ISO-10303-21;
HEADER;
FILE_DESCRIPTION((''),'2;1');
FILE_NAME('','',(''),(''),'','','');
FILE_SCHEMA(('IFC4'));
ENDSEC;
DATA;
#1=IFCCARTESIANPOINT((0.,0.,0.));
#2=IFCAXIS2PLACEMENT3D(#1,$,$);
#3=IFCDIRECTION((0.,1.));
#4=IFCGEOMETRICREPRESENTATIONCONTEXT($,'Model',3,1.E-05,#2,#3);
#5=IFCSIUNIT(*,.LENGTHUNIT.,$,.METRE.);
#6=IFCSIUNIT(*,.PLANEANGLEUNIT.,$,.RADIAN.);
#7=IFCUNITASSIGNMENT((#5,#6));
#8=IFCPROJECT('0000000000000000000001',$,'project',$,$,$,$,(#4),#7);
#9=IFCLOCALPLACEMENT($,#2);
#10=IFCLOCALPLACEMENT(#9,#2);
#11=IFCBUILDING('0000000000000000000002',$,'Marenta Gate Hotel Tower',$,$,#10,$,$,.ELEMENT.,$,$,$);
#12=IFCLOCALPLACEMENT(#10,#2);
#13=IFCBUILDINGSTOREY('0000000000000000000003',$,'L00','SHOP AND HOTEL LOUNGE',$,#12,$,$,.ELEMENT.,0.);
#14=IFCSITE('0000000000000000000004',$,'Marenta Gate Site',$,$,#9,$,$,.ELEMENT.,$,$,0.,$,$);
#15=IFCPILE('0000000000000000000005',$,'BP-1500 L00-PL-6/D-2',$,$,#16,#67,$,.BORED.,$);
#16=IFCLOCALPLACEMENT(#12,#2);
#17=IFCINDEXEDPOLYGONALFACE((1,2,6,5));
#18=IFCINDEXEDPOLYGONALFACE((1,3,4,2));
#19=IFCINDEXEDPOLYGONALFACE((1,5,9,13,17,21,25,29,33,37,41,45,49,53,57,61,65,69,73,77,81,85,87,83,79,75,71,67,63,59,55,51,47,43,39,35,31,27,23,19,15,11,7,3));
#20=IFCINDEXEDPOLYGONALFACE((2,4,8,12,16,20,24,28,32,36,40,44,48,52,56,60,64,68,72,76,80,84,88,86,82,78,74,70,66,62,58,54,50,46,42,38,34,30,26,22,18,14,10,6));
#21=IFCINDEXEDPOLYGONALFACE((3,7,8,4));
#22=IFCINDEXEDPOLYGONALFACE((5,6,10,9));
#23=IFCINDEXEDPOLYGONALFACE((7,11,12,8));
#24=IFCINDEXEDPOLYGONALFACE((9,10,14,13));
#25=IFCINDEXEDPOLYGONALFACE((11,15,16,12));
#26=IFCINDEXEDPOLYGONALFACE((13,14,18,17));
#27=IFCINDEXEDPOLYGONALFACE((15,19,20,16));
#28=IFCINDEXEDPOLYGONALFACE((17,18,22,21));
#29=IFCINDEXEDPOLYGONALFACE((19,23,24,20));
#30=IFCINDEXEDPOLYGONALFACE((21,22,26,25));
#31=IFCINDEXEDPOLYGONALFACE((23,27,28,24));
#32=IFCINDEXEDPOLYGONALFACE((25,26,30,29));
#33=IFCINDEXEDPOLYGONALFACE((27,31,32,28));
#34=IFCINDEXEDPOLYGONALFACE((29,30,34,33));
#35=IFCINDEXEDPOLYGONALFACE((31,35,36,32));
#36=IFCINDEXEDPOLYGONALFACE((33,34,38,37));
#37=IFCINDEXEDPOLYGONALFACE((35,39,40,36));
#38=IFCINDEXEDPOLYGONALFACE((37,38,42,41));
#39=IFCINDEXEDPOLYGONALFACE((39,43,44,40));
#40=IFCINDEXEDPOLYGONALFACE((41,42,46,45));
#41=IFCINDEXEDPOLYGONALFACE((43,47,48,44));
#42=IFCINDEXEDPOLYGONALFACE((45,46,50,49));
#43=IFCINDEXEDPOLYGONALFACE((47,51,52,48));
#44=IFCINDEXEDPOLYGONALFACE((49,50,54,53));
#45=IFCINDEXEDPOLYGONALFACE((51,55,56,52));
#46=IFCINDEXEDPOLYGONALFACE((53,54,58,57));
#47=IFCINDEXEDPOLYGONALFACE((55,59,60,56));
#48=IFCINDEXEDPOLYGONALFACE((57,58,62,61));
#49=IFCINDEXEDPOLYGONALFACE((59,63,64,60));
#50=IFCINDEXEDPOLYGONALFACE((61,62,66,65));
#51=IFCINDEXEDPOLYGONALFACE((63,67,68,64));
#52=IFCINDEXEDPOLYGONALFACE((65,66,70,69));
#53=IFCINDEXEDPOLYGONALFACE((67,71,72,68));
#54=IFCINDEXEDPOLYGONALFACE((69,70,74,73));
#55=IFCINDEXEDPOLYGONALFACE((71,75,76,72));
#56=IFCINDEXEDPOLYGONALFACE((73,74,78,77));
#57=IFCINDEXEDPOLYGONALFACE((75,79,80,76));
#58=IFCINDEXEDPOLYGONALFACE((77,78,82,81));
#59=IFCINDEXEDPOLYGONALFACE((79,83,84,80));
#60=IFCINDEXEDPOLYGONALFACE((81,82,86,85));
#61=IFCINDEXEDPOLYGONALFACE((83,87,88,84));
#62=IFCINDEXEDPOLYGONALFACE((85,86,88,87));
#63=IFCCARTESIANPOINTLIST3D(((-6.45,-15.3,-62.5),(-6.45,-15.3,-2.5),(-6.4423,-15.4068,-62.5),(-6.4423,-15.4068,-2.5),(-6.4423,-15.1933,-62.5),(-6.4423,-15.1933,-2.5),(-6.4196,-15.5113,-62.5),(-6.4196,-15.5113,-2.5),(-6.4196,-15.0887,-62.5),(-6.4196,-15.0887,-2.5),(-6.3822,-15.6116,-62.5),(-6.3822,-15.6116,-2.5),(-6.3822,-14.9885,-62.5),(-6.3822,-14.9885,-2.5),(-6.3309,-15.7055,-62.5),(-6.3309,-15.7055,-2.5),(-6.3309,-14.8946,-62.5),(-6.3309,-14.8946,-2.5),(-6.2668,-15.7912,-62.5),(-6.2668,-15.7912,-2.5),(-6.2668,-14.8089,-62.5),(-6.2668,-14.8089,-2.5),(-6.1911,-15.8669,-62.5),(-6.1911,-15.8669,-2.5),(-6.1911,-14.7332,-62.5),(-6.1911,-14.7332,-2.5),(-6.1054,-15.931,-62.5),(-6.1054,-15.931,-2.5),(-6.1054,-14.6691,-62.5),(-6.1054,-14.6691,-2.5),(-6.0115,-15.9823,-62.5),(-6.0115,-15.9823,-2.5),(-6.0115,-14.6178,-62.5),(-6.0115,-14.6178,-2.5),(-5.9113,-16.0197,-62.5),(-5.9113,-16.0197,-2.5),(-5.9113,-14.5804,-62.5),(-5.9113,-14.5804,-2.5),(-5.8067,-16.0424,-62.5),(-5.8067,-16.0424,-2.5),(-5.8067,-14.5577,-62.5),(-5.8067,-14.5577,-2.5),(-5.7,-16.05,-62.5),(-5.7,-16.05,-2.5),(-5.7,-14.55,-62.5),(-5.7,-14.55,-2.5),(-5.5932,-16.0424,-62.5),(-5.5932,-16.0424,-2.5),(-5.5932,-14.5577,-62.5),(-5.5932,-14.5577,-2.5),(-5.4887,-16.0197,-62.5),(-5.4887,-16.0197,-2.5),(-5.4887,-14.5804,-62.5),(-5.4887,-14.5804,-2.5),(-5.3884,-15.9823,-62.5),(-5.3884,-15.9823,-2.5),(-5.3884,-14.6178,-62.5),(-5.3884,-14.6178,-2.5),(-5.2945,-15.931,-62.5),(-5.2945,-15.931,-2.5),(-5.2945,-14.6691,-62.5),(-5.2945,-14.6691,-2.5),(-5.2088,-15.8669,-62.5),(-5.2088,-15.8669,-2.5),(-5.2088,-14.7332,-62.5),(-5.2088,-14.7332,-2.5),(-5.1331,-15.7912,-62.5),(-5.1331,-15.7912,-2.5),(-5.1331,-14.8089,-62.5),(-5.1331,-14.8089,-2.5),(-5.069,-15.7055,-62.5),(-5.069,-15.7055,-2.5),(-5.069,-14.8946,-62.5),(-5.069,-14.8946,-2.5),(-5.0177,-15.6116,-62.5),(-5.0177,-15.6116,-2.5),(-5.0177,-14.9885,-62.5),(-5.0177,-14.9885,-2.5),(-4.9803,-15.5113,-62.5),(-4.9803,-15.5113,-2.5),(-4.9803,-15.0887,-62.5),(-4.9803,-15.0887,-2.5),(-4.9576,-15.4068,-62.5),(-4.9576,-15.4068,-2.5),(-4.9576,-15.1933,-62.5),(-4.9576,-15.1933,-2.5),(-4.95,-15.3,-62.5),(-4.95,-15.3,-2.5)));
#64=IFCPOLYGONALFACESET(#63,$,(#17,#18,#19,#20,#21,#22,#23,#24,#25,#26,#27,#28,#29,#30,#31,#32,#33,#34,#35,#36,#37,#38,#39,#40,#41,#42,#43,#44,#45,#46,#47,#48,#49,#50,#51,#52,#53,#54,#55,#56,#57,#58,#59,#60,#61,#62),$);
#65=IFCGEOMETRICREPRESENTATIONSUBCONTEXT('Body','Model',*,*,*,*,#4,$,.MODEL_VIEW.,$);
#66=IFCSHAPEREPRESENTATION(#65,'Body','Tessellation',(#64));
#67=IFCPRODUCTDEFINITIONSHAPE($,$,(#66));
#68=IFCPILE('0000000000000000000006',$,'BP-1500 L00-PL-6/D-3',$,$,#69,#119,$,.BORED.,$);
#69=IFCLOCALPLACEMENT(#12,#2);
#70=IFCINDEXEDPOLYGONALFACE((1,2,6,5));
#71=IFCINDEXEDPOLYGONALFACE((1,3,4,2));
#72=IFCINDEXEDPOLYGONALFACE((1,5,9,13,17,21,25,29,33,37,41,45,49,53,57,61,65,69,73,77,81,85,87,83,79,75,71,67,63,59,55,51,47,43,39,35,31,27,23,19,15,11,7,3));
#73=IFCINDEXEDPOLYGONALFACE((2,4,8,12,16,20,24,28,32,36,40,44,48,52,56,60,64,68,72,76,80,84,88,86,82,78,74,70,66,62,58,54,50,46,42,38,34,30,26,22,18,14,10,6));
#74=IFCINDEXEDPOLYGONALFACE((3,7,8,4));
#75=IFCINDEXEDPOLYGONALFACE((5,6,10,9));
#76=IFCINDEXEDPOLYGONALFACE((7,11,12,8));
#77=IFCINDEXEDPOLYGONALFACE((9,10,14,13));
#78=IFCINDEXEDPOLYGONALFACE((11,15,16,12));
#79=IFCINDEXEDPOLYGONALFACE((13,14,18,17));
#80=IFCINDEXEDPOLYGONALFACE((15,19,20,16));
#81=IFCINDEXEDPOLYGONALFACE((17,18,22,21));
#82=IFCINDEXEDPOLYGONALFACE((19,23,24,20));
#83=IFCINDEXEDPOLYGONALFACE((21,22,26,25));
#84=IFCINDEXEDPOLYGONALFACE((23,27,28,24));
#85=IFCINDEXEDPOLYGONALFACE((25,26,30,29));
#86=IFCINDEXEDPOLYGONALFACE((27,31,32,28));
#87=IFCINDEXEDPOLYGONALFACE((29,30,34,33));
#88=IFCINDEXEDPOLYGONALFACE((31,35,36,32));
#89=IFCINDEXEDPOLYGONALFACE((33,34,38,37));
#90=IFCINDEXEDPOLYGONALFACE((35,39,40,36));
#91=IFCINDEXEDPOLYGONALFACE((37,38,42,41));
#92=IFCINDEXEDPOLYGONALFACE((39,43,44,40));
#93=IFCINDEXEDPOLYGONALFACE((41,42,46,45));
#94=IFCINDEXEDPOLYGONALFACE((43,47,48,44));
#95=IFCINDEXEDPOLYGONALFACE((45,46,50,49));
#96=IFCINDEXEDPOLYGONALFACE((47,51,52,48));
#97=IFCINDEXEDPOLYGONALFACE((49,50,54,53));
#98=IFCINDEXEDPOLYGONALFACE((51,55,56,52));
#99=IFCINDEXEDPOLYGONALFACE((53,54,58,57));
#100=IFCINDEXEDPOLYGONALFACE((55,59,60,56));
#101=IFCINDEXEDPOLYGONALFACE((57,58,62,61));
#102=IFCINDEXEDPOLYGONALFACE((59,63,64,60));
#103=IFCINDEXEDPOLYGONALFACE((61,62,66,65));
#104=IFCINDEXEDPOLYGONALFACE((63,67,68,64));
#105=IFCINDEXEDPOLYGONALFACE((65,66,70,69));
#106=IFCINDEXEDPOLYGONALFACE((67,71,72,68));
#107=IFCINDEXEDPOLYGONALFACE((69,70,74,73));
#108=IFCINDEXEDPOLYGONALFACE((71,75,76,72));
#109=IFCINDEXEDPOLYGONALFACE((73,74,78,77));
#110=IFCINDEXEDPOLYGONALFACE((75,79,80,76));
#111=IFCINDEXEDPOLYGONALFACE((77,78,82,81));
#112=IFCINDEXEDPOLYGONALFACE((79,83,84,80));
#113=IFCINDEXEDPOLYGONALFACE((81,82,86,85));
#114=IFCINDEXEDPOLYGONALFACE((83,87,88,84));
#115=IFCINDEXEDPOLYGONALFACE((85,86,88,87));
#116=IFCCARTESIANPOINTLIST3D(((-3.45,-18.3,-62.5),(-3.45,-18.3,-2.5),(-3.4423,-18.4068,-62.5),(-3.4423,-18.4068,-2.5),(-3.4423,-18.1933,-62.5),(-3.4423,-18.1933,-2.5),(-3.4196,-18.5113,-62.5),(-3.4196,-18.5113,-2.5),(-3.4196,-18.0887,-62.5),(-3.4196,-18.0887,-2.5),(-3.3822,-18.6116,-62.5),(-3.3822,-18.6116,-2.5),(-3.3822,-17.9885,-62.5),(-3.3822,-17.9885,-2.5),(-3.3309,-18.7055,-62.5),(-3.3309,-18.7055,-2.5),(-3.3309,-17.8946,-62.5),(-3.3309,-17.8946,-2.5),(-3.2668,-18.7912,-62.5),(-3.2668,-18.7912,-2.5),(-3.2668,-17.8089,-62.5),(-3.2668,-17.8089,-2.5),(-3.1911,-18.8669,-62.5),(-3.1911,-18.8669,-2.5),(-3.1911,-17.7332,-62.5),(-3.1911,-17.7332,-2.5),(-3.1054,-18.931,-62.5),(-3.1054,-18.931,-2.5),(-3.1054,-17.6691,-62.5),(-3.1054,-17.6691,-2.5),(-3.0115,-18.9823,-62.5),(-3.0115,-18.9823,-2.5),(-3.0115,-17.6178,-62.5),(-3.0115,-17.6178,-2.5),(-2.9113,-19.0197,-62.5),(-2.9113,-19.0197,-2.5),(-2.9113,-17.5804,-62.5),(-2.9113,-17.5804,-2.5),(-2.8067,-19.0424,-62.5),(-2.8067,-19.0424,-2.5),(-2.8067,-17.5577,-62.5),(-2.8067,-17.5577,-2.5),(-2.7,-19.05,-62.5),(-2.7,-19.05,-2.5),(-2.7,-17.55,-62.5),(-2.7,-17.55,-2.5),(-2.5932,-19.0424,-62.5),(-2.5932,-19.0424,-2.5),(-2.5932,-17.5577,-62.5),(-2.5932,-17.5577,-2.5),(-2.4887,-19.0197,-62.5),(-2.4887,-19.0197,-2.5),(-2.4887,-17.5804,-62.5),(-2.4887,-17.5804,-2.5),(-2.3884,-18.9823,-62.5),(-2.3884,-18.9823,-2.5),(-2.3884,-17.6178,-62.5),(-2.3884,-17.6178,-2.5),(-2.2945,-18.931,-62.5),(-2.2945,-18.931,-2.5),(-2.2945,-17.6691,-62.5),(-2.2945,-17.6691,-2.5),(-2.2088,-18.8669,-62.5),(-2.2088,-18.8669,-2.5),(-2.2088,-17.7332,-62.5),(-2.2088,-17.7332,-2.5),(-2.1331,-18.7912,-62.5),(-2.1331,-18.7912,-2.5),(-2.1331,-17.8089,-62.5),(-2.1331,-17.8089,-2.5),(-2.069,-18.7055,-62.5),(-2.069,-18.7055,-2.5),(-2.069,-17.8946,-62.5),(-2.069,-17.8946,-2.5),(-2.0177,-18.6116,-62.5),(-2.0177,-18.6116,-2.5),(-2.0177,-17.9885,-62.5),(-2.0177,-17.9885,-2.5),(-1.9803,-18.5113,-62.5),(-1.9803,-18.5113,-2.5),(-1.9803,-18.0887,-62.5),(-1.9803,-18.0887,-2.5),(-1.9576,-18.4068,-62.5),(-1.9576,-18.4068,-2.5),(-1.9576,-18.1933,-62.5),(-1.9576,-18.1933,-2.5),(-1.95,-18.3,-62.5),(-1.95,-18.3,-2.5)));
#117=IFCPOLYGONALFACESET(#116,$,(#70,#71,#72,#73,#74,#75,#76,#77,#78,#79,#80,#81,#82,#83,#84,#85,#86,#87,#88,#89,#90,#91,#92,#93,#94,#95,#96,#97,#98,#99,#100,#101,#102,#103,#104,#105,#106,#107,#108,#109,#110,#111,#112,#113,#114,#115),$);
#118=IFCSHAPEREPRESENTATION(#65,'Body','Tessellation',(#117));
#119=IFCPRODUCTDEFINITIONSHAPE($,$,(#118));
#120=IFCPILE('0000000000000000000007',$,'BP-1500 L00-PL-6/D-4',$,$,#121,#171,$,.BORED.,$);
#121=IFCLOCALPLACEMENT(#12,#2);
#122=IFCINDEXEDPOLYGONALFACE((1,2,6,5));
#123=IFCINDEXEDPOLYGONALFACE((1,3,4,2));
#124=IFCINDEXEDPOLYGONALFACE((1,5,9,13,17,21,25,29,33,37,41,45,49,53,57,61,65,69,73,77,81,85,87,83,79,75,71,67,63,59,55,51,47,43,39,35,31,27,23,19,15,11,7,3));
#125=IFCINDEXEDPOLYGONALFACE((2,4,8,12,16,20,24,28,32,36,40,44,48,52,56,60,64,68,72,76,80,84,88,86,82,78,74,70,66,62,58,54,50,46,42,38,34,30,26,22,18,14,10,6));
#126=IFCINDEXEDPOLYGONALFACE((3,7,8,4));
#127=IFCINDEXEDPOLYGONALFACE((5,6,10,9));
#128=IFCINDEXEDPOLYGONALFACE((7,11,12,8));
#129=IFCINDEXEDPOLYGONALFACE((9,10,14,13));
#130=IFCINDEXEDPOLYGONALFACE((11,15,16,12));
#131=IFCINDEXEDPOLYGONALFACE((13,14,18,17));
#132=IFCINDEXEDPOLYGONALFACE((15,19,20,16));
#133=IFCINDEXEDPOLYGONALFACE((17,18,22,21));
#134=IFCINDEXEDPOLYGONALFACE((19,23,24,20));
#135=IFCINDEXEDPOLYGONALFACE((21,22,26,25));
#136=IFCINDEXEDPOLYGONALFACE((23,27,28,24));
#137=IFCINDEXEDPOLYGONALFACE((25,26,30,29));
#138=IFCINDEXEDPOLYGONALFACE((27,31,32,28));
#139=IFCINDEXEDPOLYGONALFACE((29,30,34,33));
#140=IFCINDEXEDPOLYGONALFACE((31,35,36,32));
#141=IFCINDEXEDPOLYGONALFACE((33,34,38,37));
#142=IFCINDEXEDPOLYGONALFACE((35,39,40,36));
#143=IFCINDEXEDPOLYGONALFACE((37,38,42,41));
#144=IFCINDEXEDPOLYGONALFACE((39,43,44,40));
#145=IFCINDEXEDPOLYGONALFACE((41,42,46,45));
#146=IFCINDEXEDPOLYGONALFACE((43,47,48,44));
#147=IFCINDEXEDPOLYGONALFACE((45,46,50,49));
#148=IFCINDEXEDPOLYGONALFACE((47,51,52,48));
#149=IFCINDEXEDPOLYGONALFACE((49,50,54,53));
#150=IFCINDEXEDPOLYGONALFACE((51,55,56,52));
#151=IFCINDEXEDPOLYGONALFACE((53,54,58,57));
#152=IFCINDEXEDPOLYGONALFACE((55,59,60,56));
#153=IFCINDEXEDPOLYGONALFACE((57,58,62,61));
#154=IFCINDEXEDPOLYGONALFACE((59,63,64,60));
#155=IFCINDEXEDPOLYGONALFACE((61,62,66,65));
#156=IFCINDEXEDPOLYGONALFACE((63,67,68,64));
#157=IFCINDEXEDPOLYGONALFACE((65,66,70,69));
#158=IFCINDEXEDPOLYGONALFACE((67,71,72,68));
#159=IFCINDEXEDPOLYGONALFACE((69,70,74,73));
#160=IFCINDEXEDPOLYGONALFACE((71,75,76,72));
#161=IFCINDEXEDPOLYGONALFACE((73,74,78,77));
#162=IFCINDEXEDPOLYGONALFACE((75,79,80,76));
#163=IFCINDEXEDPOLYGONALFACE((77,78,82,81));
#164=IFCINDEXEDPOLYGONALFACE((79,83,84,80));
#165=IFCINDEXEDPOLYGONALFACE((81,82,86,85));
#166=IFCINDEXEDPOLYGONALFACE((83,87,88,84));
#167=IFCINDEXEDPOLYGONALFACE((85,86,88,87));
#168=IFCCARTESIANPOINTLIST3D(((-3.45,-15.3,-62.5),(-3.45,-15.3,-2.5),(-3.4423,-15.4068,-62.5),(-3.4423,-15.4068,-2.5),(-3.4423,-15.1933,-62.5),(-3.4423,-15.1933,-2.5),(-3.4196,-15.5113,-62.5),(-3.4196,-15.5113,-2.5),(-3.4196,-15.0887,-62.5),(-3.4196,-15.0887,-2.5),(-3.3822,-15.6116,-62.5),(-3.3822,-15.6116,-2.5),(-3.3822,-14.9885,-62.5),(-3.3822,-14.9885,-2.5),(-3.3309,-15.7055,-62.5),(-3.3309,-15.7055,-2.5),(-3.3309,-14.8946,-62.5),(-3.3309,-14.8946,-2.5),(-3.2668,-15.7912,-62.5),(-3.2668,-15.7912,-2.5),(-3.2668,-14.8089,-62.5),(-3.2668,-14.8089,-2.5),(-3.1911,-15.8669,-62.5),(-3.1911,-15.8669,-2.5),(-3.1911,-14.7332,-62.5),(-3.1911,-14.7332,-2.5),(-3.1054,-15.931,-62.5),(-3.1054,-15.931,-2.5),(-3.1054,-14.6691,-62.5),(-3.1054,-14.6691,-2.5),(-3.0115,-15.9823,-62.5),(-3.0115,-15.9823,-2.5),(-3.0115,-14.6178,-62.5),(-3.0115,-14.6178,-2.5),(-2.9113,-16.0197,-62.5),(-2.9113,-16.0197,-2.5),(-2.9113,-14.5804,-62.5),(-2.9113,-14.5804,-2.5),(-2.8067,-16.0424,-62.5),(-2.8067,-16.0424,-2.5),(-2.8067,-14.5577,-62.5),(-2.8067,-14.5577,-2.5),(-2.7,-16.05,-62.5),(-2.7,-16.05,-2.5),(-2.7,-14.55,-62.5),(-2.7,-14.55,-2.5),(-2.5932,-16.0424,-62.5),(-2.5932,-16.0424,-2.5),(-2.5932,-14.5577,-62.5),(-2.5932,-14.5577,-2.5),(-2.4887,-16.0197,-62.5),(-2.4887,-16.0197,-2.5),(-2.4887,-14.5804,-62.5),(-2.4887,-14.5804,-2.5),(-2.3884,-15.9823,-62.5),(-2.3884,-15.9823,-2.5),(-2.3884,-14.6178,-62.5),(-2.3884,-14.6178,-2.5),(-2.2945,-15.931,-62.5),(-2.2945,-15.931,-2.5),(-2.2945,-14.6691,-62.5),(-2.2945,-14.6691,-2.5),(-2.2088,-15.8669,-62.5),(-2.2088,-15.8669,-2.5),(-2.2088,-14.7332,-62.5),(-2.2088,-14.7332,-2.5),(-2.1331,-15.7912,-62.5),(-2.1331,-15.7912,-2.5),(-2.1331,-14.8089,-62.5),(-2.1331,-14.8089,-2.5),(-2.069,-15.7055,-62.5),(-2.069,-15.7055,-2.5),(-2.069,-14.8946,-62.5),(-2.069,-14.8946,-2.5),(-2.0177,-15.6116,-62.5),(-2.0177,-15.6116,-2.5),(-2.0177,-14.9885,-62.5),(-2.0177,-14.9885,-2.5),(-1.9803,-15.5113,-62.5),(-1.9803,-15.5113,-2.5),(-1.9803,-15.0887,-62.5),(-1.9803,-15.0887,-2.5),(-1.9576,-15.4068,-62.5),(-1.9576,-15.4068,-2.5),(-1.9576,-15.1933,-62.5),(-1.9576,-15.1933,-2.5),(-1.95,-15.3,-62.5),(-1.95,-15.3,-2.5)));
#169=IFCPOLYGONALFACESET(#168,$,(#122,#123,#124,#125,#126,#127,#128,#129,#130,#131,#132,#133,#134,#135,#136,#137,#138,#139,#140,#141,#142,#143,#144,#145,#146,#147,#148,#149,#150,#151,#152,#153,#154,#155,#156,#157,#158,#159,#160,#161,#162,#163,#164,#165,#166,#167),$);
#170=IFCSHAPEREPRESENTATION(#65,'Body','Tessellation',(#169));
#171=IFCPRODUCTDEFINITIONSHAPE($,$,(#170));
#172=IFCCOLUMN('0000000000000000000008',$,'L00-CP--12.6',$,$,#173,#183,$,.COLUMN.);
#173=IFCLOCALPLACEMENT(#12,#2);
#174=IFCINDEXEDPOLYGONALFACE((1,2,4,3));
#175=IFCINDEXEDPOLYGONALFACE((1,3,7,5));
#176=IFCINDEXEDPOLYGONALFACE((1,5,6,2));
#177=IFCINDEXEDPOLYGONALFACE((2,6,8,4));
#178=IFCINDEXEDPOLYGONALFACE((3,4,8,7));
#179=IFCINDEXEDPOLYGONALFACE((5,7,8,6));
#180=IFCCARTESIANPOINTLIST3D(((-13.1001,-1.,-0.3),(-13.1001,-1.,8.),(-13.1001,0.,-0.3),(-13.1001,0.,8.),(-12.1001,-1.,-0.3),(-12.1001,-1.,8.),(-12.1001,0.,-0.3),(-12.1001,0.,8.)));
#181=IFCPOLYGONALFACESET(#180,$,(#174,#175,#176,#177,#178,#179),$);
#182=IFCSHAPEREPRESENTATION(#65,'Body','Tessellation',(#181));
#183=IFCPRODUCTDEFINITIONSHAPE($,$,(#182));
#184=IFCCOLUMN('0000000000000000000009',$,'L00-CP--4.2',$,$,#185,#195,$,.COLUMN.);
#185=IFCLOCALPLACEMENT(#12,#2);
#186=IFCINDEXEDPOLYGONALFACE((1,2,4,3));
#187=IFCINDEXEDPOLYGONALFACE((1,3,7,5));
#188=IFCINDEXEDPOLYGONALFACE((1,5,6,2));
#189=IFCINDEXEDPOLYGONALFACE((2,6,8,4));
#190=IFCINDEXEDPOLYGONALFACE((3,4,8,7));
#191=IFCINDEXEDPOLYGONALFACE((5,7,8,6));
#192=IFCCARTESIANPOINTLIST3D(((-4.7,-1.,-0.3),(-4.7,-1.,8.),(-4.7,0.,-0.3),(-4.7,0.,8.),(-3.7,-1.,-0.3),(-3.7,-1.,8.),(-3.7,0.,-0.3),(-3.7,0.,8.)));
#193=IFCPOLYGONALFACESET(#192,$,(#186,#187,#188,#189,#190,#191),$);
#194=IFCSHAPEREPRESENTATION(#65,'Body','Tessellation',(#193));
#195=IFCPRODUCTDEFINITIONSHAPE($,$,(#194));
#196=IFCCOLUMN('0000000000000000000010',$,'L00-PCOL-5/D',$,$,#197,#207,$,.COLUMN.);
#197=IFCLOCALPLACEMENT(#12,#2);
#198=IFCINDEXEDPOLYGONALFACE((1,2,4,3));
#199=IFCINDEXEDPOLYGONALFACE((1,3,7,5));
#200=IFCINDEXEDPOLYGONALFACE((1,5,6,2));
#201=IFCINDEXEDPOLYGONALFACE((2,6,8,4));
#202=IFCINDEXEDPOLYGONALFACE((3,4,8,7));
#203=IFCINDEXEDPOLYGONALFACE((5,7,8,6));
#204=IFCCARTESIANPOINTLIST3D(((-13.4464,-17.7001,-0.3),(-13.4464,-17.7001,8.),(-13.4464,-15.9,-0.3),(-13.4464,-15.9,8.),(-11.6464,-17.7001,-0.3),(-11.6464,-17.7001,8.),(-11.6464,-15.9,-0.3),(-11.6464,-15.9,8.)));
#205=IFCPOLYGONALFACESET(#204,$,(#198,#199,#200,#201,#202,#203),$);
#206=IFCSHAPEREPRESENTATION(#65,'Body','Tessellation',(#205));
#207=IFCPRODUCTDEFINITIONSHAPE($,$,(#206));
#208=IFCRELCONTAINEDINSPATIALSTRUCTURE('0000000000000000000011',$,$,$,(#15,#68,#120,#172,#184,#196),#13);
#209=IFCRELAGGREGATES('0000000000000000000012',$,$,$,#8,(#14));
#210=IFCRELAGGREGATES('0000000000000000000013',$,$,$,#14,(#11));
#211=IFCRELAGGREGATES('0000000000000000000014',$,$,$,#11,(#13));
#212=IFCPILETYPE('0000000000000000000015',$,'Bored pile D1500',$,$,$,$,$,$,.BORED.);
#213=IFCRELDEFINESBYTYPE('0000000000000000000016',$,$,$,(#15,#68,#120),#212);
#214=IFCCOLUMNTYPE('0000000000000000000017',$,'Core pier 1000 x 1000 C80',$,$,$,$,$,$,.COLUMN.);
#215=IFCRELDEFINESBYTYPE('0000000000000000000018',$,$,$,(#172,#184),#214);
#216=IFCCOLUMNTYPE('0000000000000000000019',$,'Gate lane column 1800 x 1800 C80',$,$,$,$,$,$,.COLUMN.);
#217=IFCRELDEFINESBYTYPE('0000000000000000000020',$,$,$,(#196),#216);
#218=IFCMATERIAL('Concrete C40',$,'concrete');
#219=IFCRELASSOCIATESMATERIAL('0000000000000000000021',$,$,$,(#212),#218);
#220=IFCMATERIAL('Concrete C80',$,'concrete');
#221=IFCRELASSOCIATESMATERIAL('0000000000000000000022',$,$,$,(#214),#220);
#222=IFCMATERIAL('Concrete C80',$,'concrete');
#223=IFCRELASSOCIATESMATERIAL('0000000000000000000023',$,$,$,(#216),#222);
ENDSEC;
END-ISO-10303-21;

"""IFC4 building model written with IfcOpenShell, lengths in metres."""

from ifc_helpers import new_model, si_unit, direction, frame, origin, origin_2d, place, context, subcontext, project, spatial, rectangle, circle, extrude, material, material_profile, profile_set, type_object, element, save


model = new_model("IFC4")

# Units and contexts
model_context = context("Model", 3, precision=1e-05, world=origin(), true_north=direction((0.0, 1.0)))
body_context = subcontext(model_context, "Body", "Model", "MODEL_VIEW")
ifc_project = project(units=[si_unit("LENGTHUNIT", "METRE"), si_unit("PLANEANGLEUNIT", "RADIAN")], contexts=[model_context])

# Site, building, storey
site_placement = place(None, origin())
site = spatial("IfcSite", under=ifc_project, at=site_placement, Name="Marenta Gate Site", CompositionType="ELEMENT", RefElevation=0.0)
building_placement = place(site_placement, origin())
building = spatial("IfcBuilding", under=site, at=building_placement, Name="Marenta Gate Hotel Tower", CompositionType="ELEMENT")
storey_placement = place(building_placement, origin())
storey = spatial("IfcBuildingStorey", under=building, at=storey_placement, Name="L00", Description="SHOP AND HOTEL LOUNGE", CompositionType="ELEMENT", Elevation=0.0)

# Piles
ifc_material_1 = material(Name="Concrete C40", Category="concrete")
pile_type = type_object("IfcPileType", Name="Bored pile D1500", PredefinedType="BORED", material=ifc_material_1)
for number, where, z_axis, x_axis, name in (
    (1, (-5.7, -15.3, -2.5), (0.0, 0.0, -1.0), (1.0, 0.0, 0.0), "BP-1500 L00-PL-6/D-2"),
    (2, (-2.7, -18.3, -2.5), (0.0, 0.0, -1.0), (1.0, 0.0, 0.0), "BP-1500 L00-PL-6/D-3"),
    (3, (-2.7, -15.3, -2.5), (0.0, 0.0, -1.0), (1.0, 0.0, 0.0), "BP-1500 L00-PL-6/D-4"),
):
    element("IfcPile", number, at=place(storey_placement, frame(where, z_axis=z_axis, x_axis=x_axis)), inside=storey, type_object=pile_type, Name=name, PredefinedType="BORED", context=body_context, shape_type="SweptSolid", body=[
        extrude(circle(Radius=0.75, at=origin_2d()), origin(), (0.0, 0.0, 1.0), 60.0),
    ])

# Columns
ifc_material_2 = material(Name="Concrete C80", Category="concrete")
ifc_material_profile_1 = material_profile(ifc_material_2, rectangle(XDim=1.0, YDim=1.0, at=origin_2d()), Name="1000 x 1000")
ifc_profile_set_1 = profile_set([ifc_material_profile_1], Name="Concrete C80")
column_type_1 = type_object("IfcColumnType", Name="Core pier 1000 x 1000 C80", PredefinedType="COLUMN", material=ifc_profile_set_1)
for number, where, z_axis, x_axis, name in (
    (4, (-12.6001, -0.5, -0.3), (0.0, 0.0, 1.0), (1.0, 0.0, 0.0), "L00-CP--12.6"),
    (5, (-4.2, -0.5, -0.3), (0.0, 0.0, 1.0), (1.0, 0.0, 0.0), "L00-CP--4.2"),
):
    element("IfcColumn", number, at=place(storey_placement, frame(where, z_axis=z_axis, x_axis=x_axis)), inside=storey, type_object=column_type_1, Name=name, PredefinedType="COLUMN", context=body_context, shape_type="SweptSolid", body=[
        extrude(rectangle(XDim=1.0, YDim=1.0, at=origin_2d()), origin(), (0.0, 0.0, 1.0), 8.3),
    ])
ifc_material_3 = material(Name="Concrete C80", Category="concrete")
ifc_material_profile_2 = material_profile(ifc_material_3, rectangle(XDim=1.8, YDim=1.8, at=origin_2d()), Name="1800 x 1800")
ifc_profile_set_2 = profile_set([ifc_material_profile_2], Name="Concrete C80")
column_type_2 = type_object("IfcColumnType", Name="Gate lane column 1800 x 1800 C80", PredefinedType="COLUMN", material=ifc_profile_set_2)
for number, where, z_axis, x_axis, name in (
    (6, (-12.5464, -16.8, -0.3), (0.0, 0.0, 1.0), (1.0, 0.0, 0.0), "L00-PCOL-5/D"),
):
    element("IfcColumn", number, at=place(storey_placement, frame(where, z_axis=z_axis, x_axis=x_axis)), inside=storey, type_object=column_type_2, Name=name, PredefinedType="COLUMN", context=body_context, shape_type="SweptSolid", body=[
        extrude(rectangle(XDim=1.8, YDim=1.8, at=origin_2d()), origin(), (0.0, 0.0, 1.0), 8.3),
    ])

save(model, "model.ifc")
